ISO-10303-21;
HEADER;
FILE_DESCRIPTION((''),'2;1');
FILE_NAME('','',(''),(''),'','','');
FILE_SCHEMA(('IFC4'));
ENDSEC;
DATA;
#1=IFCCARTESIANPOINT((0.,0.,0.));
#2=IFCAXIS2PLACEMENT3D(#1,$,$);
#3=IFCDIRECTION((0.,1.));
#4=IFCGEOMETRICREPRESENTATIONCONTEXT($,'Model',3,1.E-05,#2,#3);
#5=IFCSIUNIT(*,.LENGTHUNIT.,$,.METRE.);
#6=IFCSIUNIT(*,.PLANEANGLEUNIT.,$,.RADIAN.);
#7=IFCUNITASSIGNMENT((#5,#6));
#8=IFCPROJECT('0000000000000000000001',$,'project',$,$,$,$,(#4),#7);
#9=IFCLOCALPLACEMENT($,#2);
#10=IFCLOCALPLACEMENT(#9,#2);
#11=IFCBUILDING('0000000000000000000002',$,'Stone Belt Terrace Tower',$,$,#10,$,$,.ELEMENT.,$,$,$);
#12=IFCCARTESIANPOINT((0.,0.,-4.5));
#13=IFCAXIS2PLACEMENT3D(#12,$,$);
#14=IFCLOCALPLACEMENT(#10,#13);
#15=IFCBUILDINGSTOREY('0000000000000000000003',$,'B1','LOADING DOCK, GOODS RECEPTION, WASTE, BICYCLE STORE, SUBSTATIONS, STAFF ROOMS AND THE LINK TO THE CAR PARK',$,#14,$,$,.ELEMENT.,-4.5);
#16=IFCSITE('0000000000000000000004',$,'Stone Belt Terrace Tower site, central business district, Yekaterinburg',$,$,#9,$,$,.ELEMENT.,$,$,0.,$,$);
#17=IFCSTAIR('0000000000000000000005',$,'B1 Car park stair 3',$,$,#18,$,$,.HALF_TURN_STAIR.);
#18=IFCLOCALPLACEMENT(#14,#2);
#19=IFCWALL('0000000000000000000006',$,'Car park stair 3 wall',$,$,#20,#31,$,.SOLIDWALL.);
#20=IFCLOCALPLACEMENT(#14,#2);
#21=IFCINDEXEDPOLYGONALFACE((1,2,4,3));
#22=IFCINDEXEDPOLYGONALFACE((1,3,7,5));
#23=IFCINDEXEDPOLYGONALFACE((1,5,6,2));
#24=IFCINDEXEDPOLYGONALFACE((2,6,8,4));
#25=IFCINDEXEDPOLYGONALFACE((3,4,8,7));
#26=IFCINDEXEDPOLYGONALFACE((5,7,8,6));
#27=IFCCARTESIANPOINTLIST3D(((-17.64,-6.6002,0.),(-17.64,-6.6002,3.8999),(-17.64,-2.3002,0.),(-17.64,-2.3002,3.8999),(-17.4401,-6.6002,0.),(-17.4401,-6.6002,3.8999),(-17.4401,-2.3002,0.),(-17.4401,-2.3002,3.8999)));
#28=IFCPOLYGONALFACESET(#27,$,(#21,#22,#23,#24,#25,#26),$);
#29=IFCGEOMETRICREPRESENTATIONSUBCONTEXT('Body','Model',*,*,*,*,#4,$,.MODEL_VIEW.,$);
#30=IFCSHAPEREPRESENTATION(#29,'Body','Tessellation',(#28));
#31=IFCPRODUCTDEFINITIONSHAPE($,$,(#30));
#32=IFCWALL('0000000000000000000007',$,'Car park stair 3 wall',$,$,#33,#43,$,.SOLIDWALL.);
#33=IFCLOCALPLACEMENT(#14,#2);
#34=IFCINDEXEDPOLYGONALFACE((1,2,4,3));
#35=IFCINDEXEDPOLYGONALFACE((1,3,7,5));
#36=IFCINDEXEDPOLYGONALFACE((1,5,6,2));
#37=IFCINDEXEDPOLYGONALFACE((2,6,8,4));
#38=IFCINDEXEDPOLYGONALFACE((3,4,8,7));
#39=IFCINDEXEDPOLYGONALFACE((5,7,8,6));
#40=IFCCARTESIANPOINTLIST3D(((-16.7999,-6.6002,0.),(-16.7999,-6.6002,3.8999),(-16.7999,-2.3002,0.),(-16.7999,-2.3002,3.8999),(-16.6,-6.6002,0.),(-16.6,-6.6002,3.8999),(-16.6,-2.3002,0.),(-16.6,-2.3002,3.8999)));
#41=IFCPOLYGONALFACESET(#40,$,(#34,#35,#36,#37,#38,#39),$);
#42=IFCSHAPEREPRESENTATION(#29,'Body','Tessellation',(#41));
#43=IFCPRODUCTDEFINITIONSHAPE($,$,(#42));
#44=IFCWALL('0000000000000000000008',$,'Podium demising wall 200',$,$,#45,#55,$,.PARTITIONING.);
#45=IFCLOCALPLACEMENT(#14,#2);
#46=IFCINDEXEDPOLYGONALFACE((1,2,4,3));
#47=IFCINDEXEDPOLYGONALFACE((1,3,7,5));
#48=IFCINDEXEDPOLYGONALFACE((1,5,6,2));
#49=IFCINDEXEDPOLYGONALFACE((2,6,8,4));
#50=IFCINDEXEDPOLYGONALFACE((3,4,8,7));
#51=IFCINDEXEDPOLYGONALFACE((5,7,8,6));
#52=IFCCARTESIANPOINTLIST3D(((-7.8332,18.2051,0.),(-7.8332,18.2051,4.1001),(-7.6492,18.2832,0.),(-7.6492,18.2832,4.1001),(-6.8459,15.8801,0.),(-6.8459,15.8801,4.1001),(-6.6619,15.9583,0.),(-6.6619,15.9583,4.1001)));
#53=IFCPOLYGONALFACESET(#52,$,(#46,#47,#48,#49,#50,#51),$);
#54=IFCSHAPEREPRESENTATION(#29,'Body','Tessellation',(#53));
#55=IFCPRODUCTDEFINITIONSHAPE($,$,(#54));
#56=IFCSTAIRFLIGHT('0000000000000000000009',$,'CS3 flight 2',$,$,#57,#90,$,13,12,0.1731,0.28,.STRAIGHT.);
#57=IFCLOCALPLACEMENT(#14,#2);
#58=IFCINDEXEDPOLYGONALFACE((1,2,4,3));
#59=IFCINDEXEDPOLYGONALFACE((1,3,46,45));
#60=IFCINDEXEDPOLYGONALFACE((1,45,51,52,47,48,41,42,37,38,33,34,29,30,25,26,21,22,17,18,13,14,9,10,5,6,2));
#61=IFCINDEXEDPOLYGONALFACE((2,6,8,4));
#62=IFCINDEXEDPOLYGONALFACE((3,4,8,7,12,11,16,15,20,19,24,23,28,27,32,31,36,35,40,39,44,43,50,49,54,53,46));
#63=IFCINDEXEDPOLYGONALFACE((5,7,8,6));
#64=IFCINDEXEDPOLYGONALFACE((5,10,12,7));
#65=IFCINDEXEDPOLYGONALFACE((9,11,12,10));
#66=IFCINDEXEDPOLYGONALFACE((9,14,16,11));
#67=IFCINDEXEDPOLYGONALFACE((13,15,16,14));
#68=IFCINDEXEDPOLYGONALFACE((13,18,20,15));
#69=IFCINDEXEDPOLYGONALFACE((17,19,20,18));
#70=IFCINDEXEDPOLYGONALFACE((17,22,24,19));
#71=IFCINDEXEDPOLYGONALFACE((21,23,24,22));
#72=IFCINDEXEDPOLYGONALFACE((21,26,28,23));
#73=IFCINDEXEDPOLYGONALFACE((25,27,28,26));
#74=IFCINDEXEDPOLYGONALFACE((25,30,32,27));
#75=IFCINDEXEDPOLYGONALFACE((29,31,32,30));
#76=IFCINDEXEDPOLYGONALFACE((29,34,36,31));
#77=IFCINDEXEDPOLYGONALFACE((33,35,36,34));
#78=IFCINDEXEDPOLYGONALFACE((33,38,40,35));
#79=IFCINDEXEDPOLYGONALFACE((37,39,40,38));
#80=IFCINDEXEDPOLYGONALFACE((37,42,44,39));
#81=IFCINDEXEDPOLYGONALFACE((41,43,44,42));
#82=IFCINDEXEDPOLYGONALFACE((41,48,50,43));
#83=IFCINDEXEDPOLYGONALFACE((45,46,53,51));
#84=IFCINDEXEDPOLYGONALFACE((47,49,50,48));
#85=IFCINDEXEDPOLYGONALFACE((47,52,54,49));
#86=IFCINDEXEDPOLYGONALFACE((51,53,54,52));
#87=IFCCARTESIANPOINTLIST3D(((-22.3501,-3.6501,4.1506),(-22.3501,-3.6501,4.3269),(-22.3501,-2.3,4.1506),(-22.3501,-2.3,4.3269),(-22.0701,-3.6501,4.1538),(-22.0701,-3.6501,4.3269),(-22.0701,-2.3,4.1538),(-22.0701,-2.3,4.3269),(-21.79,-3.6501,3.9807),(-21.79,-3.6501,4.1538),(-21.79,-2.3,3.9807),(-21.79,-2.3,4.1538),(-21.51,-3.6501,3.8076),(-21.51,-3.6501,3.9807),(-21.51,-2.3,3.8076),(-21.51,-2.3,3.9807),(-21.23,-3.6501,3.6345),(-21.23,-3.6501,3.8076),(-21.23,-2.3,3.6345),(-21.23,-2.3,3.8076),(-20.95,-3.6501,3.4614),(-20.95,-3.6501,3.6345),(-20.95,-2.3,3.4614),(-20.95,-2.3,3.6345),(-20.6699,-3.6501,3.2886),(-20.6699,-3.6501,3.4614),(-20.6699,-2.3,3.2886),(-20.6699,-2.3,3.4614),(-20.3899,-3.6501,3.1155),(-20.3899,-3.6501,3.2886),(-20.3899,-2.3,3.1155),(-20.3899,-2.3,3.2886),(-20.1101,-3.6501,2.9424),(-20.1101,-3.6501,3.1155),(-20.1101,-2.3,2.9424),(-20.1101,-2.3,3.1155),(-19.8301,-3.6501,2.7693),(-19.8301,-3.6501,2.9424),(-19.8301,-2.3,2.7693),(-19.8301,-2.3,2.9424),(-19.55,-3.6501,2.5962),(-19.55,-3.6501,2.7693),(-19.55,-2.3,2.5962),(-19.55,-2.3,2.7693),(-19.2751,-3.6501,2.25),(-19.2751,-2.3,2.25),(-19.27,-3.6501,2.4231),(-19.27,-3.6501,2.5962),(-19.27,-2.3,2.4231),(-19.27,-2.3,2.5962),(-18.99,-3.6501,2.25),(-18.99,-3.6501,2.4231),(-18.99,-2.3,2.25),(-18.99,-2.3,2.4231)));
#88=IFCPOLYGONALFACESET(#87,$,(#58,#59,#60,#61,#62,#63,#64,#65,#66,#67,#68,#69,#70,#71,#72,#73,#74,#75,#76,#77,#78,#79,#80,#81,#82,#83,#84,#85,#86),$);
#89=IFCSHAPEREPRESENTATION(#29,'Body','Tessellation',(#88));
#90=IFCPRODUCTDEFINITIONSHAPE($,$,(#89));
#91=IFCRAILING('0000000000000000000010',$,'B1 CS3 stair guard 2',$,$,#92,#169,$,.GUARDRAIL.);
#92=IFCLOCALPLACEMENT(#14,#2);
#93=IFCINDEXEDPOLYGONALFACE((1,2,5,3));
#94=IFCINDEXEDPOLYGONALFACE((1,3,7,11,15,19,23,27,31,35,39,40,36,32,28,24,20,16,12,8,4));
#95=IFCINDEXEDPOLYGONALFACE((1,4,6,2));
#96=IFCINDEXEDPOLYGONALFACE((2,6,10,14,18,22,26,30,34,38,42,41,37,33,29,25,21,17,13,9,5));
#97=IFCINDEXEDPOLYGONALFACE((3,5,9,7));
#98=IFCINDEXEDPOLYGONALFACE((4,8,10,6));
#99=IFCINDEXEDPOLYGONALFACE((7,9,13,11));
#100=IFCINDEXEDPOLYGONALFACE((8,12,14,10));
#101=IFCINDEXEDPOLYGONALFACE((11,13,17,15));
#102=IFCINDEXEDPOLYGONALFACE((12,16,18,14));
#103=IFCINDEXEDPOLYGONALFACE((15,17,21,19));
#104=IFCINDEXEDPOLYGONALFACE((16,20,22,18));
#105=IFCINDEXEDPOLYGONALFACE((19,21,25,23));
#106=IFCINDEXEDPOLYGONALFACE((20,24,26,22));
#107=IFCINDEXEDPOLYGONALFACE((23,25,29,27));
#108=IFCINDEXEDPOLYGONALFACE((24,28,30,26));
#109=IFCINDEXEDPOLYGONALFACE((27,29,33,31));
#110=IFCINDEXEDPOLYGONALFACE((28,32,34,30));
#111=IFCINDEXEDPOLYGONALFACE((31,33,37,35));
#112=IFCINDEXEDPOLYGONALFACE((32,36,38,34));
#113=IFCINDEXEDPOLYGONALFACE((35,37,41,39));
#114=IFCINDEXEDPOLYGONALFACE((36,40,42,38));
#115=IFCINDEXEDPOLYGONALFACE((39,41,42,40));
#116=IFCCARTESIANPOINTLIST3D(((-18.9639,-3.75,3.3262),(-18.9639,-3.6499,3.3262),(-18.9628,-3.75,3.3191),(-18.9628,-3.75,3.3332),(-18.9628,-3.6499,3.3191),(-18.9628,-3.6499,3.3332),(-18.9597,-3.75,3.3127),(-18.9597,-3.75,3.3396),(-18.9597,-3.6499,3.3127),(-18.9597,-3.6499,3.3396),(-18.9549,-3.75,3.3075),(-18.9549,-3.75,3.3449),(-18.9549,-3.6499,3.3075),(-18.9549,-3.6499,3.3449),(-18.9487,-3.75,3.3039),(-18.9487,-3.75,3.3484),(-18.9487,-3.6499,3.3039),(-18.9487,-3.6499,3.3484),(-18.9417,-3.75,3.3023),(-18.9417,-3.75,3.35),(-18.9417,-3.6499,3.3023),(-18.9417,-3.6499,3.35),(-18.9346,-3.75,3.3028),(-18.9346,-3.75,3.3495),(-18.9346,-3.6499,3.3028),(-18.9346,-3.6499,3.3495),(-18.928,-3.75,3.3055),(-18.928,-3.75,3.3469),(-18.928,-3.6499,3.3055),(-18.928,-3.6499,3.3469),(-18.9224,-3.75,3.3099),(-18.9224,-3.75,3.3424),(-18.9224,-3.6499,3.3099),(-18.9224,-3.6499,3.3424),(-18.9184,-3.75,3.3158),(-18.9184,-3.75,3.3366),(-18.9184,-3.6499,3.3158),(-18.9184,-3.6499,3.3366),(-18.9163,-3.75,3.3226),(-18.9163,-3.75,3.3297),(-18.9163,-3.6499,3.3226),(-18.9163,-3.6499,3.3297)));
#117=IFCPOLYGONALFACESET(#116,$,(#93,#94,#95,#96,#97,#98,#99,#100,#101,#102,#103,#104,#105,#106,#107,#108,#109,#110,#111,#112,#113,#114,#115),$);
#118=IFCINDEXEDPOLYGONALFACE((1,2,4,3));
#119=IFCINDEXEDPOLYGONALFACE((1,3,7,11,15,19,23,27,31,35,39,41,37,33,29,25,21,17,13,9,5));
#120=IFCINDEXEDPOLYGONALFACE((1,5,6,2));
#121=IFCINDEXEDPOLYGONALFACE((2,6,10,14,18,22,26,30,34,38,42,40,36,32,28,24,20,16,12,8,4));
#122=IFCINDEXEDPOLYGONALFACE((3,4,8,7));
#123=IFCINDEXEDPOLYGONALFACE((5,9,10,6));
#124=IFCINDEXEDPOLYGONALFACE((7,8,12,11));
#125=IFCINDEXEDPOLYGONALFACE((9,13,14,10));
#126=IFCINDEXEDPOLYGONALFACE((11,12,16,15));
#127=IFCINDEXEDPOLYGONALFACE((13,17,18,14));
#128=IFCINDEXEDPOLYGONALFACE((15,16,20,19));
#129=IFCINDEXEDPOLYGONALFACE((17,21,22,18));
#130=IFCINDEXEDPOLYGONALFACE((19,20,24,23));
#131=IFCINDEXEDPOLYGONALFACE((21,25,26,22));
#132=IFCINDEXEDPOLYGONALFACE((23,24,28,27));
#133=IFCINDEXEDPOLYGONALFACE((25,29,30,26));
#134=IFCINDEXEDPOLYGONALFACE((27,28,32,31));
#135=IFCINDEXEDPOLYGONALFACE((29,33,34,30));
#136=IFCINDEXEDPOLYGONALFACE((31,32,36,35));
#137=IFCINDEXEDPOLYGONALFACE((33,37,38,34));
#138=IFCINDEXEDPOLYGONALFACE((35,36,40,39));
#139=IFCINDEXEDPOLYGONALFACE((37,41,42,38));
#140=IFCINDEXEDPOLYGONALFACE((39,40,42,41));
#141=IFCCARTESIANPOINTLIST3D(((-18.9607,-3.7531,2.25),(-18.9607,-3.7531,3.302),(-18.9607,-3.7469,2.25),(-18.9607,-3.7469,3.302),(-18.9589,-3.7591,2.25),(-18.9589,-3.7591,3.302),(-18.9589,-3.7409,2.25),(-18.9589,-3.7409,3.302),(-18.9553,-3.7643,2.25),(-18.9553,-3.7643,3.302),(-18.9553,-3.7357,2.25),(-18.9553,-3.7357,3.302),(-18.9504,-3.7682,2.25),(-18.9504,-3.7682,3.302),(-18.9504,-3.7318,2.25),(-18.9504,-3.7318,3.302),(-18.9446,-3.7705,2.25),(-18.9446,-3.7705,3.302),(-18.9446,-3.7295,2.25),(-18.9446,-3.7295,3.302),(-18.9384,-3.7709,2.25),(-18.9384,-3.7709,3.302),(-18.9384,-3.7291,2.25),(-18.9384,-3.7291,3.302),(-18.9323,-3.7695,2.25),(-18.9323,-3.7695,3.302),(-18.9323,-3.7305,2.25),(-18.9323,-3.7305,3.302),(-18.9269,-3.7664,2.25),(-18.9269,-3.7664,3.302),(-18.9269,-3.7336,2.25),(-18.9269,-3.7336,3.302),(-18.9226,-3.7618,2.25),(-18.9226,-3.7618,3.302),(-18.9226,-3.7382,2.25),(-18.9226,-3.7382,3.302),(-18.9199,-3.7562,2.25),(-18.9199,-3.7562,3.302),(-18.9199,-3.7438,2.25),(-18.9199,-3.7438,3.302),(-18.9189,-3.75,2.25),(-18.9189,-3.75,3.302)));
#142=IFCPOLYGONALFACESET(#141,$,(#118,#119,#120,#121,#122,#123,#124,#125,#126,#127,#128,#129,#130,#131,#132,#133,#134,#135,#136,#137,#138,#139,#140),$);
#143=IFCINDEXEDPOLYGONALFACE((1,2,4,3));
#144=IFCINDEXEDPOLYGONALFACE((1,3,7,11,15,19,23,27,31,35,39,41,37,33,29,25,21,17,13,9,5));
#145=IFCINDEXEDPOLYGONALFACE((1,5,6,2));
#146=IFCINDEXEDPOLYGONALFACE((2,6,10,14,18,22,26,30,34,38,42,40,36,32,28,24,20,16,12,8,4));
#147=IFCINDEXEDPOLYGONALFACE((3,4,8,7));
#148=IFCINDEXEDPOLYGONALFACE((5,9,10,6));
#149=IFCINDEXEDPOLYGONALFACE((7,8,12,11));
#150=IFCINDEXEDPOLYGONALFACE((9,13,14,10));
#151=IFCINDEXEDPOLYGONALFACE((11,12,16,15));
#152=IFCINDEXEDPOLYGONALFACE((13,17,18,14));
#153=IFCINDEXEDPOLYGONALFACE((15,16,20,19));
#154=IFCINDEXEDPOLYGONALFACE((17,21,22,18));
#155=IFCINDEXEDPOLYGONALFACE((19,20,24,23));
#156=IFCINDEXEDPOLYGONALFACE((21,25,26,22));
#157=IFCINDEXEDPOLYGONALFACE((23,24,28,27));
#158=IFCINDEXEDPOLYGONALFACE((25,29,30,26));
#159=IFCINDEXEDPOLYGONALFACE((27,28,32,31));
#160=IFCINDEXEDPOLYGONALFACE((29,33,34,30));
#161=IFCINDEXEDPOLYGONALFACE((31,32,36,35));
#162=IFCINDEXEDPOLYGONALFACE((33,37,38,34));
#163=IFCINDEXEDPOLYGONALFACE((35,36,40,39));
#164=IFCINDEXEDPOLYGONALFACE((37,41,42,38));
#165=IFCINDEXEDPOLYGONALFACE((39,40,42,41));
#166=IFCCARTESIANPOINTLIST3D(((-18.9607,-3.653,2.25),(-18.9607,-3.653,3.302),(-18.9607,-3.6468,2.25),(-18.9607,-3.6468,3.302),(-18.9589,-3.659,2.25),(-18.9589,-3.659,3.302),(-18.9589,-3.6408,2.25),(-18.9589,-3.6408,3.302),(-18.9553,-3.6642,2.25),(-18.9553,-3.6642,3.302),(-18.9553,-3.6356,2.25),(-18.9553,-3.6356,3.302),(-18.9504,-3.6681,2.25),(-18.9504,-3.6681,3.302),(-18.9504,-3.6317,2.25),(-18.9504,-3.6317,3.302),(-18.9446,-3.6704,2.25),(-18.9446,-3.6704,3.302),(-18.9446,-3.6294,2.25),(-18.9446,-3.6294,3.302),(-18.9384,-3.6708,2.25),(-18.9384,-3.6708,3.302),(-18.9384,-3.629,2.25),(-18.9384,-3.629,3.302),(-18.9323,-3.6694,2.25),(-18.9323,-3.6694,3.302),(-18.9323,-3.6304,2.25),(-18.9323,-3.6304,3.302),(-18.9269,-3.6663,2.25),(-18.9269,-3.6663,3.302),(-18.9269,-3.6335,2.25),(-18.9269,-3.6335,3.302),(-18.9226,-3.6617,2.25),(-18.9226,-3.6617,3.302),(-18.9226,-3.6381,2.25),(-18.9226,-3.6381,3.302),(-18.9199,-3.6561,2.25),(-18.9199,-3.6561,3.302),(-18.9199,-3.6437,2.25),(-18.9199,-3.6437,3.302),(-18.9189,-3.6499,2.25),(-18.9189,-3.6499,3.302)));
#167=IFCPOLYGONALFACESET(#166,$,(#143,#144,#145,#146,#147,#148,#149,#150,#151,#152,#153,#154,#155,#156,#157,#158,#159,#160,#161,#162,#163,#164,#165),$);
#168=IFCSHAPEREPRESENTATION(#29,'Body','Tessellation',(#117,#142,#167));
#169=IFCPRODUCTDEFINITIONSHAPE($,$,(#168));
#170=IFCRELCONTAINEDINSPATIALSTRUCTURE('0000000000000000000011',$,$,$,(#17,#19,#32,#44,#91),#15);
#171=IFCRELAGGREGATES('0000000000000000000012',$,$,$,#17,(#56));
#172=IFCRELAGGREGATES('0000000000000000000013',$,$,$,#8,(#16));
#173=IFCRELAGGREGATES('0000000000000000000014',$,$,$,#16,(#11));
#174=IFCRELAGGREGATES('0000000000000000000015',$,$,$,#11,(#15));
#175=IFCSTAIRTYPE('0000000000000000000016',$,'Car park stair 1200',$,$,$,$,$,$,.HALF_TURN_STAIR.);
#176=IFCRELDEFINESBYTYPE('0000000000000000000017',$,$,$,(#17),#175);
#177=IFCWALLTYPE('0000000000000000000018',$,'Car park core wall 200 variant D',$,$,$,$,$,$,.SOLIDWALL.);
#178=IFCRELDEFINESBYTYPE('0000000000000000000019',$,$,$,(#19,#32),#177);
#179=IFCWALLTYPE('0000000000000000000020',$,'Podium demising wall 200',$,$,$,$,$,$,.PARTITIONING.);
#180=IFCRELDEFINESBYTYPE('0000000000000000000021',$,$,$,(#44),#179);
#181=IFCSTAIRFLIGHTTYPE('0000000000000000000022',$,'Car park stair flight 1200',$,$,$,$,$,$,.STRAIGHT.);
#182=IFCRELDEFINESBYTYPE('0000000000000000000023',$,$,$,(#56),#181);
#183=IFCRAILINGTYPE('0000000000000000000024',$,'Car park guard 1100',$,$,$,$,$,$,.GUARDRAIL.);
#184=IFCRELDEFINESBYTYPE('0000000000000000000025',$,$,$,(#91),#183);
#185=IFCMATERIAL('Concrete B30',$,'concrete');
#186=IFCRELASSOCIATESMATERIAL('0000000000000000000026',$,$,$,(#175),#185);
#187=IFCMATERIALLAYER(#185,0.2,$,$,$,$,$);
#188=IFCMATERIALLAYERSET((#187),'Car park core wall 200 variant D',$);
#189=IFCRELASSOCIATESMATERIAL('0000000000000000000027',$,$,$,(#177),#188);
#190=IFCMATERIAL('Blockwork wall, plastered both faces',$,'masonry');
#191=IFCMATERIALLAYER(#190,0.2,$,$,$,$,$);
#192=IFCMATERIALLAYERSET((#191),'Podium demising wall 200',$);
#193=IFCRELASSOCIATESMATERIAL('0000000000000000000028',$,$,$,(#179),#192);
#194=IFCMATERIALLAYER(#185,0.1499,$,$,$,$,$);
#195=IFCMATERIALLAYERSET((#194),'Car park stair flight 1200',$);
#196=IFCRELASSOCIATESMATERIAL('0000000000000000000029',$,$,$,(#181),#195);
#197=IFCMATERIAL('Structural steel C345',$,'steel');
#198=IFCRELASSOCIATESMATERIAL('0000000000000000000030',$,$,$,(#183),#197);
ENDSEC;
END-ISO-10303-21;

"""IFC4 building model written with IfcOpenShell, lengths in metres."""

from ifc_helpers import new_model, si_unit, direction, frame, frame_2d, origin, origin_2d, place, context, subcontext, project, spatial, polyline, rectangle, circle, outline, extrude, material, layer, layer_set, type_object, element, aggregate, save


model = new_model("IFC4")

# Units and contexts
model_context = context("Model", 3, precision=1e-05, world=origin(), true_north=direction((0.0, 1.0)))
body_context = subcontext(model_context, "Body", "Model", "MODEL_VIEW")
ifc_project = project(units=[si_unit("LENGTHUNIT", "METRE"), si_unit("PLANEANGLEUNIT", "RADIAN")], contexts=[model_context])

# Site, building, storey
site_placement = place(None, origin())
site = spatial("IfcSite", under=ifc_project, at=site_placement, Name="Stone Belt Terrace Tower site, central business district, Yekaterinburg", CompositionType="ELEMENT", RefElevation=0.0)
building_placement = place(site_placement, origin())
building = spatial("IfcBuilding", under=site, at=building_placement, Name="Stone Belt Terrace Tower", CompositionType="ELEMENT")
storey_placement = place(building_placement, frame((0.0, 0.0, -4.5)))
storey = spatial("IfcBuildingStorey", under=building, at=storey_placement, Name="B1", Description="LOADING DOCK, GOODS RECEPTION, WASTE, BICYCLE STORE, SUBSTATIONS, STAFF ROOMS AND THE LINK TO THE CAR PARK", CompositionType="ELEMENT", Elevation=-4.5)

# Stair
ifc_material_1 = material(Name="Concrete B30", Category="concrete")
stair_type = type_object("IfcStairType", Name="Car park stair 1200", PredefinedType="HALF_TURN_STAIR", material=ifc_material_1)
stair_1_placement = place(storey_placement, origin())
stair_1 = element("IfcStair", 1, at=stair_1_placement, inside=storey, type_object=stair_type, Name="B1 Car park stair 3", PredefinedType="HALF_TURN_STAIR")

# Walls
ifc_layer_1 = layer(ifc_material_1, 0.2)
ifc_layer_set_1 = layer_set([ifc_layer_1], Name="Car park core wall 200 variant D")
wall_type_1 = type_object("IfcWallType", Name="Car park core wall 200 variant D", PredefinedType="SOLIDWALL", material=ifc_layer_set_1)
for number, where, z_axis, x_axis, name in (
    (2, (-17.54, -6.6001, 0.0), (0.0, 0.0, 1.0), (0.0, 1.0, 0.0), "Car park stair 3 wall"),
    (3, (-16.7, -6.6001, 0.0), (0.0, 0.0, 1.0), (0.0, 1.0, 0.0), "Car park stair 3 wall"),
):
    element("IfcWall", number, at=place(storey_placement, frame(where, z_axis=z_axis, x_axis=x_axis)), inside=storey, type_object=wall_type_1, Name=name, PredefinedType="SOLIDWALL", context=body_context, shape_type="SweptSolid", body=[
        extrude(rectangle(XDim=4.3, YDim=0.2, at=frame_2d((2.1499, 0.0))), origin(), (0.0, 0.0, 1.0), 3.8999),
    ])
ifc_material_2 = material(Name="Blockwork wall, plastered both faces", Category="masonry")
ifc_layer_2 = layer(ifc_material_2, 0.2)
ifc_layer_set_2 = layer_set([ifc_layer_2], Name="Podium demising wall 200")
wall_type_2 = type_object("IfcWallType", Name="Podium demising wall 200", PredefinedType="PARTITIONING", material=ifc_layer_set_2)
wall_1_placement = place(storey_placement, frame((-7.7412, 18.2441, 0.0), z_axis=(0.0, 0.0, 1.0), x_axis=(0.390873, -0.920445, 0.0)))
element("IfcWall", 4, at=wall_1_placement, inside=storey, type_object=wall_type_2, Name="Podium demising wall 200", PredefinedType="PARTITIONING", context=body_context, shape_type="SweptSolid", body=[
    extrude(rectangle(XDim=2.5259, YDim=0.2, at=frame_2d((1.2629, 0.0))), origin(), (0.0, 0.0, 1.0), 4.1001),
])

# Stair flight
ifc_layer_3 = layer(ifc_material_1, 0.1499)
ifc_layer_set_3 = layer_set([ifc_layer_3], Name="Car park stair flight 1200")
stair_flight_type = type_object("IfcStairFlightType", Name="Car park stair flight 1200", PredefinedType="STRAIGHT", material=ifc_layer_set_3)
stair_flight_placement = place(storey_placement, frame((-18.99, -2.9751, 2.25), z_axis=(0.0, 0.0, 1.0), x_axis=(-1.0, 0.0, 0.0)))
stair_flight = element("IfcStairFlight", 5, at=stair_flight_placement, type_object=stair_flight_type, Name="CS3 flight 2", NumberOfRisers=13, NumberOfTreads=12, PredefinedType="STRAIGHT", RiserHeight=0.1731, TreadLength=0.28, context=body_context, shape_type="SweptSolid", body=[
    extrude(outline(polyline([(0.0, 0.0), (0.0, 0.1731), (0.28, 0.1731), (0.28, 0.3462), (0.5601, 0.3462), (0.5601, 0.5193), (0.8401, 0.5193), (0.8401, 0.6924), (1.1201, 0.6924), (1.1201, 0.8655), (1.3999, 0.8655), (1.3999, 1.0386), (1.6799, 1.0386), (1.6799, 1.2114), (1.96, 1.2114), (1.96, 1.3845), (2.24, 1.3845), (2.24, 1.5576), (2.52, 1.5576), (2.52, 1.7307), (2.8, 1.7307), (2.8, 1.9038), (3.0801, 1.9038), (3.0801, 2.0769), (3.3601, 2.0769), (3.3601, 2.25), (3.3601, 1.9006), (0.2852, 0.0), (0.0, 0.0)])), frame((0.0, 0.675, 0.0), z_axis=(0.0, -1.0, 0.0), x_axis=(1.0, 0.0, 0.0)), (0.0, 0.0, 1.0), 1.3501),
])
aggregate(stair_1, [stair_flight])

# Railing
ifc_material_3 = material(Name="Structural steel C345", Category="steel")
railing_type_1 = type_object("IfcRailingType", Name="Car park guard 1100", PredefinedType="GUARDRAIL", material=ifc_material_3)
railing_1_placement = place(storey_placement, frame((-18.9399, -3.75, 2.25)))
element("IfcRailing", 6, at=railing_1_placement, inside=storey, type_object=railing_type_1, Name="B1 CS3 stair guard 2", PredefinedType="GUARDRAIL", context=body_context, shape_type="SweptSolid", body=[
    extrude(circle(Radius=0.0239, at=origin_2d()), frame((0.0, 0.0, 1.0762), z_axis=(0.0, 1.0, 0.0), x_axis=(-1.0, 0.0, 0.0)), (0.0, 0.0, 1.0), 0.1001),
    extrude(circle(Radius=0.021, at=origin_2d()), origin(), (0.0, 0.0, 1.0), 1.052),
    extrude(circle(Radius=0.021, at=origin_2d()), frame((0.0, 0.1001, 0.0)), (0.0, 0.0, 1.0), 1.052),
])

save(model, "model.ifc")
